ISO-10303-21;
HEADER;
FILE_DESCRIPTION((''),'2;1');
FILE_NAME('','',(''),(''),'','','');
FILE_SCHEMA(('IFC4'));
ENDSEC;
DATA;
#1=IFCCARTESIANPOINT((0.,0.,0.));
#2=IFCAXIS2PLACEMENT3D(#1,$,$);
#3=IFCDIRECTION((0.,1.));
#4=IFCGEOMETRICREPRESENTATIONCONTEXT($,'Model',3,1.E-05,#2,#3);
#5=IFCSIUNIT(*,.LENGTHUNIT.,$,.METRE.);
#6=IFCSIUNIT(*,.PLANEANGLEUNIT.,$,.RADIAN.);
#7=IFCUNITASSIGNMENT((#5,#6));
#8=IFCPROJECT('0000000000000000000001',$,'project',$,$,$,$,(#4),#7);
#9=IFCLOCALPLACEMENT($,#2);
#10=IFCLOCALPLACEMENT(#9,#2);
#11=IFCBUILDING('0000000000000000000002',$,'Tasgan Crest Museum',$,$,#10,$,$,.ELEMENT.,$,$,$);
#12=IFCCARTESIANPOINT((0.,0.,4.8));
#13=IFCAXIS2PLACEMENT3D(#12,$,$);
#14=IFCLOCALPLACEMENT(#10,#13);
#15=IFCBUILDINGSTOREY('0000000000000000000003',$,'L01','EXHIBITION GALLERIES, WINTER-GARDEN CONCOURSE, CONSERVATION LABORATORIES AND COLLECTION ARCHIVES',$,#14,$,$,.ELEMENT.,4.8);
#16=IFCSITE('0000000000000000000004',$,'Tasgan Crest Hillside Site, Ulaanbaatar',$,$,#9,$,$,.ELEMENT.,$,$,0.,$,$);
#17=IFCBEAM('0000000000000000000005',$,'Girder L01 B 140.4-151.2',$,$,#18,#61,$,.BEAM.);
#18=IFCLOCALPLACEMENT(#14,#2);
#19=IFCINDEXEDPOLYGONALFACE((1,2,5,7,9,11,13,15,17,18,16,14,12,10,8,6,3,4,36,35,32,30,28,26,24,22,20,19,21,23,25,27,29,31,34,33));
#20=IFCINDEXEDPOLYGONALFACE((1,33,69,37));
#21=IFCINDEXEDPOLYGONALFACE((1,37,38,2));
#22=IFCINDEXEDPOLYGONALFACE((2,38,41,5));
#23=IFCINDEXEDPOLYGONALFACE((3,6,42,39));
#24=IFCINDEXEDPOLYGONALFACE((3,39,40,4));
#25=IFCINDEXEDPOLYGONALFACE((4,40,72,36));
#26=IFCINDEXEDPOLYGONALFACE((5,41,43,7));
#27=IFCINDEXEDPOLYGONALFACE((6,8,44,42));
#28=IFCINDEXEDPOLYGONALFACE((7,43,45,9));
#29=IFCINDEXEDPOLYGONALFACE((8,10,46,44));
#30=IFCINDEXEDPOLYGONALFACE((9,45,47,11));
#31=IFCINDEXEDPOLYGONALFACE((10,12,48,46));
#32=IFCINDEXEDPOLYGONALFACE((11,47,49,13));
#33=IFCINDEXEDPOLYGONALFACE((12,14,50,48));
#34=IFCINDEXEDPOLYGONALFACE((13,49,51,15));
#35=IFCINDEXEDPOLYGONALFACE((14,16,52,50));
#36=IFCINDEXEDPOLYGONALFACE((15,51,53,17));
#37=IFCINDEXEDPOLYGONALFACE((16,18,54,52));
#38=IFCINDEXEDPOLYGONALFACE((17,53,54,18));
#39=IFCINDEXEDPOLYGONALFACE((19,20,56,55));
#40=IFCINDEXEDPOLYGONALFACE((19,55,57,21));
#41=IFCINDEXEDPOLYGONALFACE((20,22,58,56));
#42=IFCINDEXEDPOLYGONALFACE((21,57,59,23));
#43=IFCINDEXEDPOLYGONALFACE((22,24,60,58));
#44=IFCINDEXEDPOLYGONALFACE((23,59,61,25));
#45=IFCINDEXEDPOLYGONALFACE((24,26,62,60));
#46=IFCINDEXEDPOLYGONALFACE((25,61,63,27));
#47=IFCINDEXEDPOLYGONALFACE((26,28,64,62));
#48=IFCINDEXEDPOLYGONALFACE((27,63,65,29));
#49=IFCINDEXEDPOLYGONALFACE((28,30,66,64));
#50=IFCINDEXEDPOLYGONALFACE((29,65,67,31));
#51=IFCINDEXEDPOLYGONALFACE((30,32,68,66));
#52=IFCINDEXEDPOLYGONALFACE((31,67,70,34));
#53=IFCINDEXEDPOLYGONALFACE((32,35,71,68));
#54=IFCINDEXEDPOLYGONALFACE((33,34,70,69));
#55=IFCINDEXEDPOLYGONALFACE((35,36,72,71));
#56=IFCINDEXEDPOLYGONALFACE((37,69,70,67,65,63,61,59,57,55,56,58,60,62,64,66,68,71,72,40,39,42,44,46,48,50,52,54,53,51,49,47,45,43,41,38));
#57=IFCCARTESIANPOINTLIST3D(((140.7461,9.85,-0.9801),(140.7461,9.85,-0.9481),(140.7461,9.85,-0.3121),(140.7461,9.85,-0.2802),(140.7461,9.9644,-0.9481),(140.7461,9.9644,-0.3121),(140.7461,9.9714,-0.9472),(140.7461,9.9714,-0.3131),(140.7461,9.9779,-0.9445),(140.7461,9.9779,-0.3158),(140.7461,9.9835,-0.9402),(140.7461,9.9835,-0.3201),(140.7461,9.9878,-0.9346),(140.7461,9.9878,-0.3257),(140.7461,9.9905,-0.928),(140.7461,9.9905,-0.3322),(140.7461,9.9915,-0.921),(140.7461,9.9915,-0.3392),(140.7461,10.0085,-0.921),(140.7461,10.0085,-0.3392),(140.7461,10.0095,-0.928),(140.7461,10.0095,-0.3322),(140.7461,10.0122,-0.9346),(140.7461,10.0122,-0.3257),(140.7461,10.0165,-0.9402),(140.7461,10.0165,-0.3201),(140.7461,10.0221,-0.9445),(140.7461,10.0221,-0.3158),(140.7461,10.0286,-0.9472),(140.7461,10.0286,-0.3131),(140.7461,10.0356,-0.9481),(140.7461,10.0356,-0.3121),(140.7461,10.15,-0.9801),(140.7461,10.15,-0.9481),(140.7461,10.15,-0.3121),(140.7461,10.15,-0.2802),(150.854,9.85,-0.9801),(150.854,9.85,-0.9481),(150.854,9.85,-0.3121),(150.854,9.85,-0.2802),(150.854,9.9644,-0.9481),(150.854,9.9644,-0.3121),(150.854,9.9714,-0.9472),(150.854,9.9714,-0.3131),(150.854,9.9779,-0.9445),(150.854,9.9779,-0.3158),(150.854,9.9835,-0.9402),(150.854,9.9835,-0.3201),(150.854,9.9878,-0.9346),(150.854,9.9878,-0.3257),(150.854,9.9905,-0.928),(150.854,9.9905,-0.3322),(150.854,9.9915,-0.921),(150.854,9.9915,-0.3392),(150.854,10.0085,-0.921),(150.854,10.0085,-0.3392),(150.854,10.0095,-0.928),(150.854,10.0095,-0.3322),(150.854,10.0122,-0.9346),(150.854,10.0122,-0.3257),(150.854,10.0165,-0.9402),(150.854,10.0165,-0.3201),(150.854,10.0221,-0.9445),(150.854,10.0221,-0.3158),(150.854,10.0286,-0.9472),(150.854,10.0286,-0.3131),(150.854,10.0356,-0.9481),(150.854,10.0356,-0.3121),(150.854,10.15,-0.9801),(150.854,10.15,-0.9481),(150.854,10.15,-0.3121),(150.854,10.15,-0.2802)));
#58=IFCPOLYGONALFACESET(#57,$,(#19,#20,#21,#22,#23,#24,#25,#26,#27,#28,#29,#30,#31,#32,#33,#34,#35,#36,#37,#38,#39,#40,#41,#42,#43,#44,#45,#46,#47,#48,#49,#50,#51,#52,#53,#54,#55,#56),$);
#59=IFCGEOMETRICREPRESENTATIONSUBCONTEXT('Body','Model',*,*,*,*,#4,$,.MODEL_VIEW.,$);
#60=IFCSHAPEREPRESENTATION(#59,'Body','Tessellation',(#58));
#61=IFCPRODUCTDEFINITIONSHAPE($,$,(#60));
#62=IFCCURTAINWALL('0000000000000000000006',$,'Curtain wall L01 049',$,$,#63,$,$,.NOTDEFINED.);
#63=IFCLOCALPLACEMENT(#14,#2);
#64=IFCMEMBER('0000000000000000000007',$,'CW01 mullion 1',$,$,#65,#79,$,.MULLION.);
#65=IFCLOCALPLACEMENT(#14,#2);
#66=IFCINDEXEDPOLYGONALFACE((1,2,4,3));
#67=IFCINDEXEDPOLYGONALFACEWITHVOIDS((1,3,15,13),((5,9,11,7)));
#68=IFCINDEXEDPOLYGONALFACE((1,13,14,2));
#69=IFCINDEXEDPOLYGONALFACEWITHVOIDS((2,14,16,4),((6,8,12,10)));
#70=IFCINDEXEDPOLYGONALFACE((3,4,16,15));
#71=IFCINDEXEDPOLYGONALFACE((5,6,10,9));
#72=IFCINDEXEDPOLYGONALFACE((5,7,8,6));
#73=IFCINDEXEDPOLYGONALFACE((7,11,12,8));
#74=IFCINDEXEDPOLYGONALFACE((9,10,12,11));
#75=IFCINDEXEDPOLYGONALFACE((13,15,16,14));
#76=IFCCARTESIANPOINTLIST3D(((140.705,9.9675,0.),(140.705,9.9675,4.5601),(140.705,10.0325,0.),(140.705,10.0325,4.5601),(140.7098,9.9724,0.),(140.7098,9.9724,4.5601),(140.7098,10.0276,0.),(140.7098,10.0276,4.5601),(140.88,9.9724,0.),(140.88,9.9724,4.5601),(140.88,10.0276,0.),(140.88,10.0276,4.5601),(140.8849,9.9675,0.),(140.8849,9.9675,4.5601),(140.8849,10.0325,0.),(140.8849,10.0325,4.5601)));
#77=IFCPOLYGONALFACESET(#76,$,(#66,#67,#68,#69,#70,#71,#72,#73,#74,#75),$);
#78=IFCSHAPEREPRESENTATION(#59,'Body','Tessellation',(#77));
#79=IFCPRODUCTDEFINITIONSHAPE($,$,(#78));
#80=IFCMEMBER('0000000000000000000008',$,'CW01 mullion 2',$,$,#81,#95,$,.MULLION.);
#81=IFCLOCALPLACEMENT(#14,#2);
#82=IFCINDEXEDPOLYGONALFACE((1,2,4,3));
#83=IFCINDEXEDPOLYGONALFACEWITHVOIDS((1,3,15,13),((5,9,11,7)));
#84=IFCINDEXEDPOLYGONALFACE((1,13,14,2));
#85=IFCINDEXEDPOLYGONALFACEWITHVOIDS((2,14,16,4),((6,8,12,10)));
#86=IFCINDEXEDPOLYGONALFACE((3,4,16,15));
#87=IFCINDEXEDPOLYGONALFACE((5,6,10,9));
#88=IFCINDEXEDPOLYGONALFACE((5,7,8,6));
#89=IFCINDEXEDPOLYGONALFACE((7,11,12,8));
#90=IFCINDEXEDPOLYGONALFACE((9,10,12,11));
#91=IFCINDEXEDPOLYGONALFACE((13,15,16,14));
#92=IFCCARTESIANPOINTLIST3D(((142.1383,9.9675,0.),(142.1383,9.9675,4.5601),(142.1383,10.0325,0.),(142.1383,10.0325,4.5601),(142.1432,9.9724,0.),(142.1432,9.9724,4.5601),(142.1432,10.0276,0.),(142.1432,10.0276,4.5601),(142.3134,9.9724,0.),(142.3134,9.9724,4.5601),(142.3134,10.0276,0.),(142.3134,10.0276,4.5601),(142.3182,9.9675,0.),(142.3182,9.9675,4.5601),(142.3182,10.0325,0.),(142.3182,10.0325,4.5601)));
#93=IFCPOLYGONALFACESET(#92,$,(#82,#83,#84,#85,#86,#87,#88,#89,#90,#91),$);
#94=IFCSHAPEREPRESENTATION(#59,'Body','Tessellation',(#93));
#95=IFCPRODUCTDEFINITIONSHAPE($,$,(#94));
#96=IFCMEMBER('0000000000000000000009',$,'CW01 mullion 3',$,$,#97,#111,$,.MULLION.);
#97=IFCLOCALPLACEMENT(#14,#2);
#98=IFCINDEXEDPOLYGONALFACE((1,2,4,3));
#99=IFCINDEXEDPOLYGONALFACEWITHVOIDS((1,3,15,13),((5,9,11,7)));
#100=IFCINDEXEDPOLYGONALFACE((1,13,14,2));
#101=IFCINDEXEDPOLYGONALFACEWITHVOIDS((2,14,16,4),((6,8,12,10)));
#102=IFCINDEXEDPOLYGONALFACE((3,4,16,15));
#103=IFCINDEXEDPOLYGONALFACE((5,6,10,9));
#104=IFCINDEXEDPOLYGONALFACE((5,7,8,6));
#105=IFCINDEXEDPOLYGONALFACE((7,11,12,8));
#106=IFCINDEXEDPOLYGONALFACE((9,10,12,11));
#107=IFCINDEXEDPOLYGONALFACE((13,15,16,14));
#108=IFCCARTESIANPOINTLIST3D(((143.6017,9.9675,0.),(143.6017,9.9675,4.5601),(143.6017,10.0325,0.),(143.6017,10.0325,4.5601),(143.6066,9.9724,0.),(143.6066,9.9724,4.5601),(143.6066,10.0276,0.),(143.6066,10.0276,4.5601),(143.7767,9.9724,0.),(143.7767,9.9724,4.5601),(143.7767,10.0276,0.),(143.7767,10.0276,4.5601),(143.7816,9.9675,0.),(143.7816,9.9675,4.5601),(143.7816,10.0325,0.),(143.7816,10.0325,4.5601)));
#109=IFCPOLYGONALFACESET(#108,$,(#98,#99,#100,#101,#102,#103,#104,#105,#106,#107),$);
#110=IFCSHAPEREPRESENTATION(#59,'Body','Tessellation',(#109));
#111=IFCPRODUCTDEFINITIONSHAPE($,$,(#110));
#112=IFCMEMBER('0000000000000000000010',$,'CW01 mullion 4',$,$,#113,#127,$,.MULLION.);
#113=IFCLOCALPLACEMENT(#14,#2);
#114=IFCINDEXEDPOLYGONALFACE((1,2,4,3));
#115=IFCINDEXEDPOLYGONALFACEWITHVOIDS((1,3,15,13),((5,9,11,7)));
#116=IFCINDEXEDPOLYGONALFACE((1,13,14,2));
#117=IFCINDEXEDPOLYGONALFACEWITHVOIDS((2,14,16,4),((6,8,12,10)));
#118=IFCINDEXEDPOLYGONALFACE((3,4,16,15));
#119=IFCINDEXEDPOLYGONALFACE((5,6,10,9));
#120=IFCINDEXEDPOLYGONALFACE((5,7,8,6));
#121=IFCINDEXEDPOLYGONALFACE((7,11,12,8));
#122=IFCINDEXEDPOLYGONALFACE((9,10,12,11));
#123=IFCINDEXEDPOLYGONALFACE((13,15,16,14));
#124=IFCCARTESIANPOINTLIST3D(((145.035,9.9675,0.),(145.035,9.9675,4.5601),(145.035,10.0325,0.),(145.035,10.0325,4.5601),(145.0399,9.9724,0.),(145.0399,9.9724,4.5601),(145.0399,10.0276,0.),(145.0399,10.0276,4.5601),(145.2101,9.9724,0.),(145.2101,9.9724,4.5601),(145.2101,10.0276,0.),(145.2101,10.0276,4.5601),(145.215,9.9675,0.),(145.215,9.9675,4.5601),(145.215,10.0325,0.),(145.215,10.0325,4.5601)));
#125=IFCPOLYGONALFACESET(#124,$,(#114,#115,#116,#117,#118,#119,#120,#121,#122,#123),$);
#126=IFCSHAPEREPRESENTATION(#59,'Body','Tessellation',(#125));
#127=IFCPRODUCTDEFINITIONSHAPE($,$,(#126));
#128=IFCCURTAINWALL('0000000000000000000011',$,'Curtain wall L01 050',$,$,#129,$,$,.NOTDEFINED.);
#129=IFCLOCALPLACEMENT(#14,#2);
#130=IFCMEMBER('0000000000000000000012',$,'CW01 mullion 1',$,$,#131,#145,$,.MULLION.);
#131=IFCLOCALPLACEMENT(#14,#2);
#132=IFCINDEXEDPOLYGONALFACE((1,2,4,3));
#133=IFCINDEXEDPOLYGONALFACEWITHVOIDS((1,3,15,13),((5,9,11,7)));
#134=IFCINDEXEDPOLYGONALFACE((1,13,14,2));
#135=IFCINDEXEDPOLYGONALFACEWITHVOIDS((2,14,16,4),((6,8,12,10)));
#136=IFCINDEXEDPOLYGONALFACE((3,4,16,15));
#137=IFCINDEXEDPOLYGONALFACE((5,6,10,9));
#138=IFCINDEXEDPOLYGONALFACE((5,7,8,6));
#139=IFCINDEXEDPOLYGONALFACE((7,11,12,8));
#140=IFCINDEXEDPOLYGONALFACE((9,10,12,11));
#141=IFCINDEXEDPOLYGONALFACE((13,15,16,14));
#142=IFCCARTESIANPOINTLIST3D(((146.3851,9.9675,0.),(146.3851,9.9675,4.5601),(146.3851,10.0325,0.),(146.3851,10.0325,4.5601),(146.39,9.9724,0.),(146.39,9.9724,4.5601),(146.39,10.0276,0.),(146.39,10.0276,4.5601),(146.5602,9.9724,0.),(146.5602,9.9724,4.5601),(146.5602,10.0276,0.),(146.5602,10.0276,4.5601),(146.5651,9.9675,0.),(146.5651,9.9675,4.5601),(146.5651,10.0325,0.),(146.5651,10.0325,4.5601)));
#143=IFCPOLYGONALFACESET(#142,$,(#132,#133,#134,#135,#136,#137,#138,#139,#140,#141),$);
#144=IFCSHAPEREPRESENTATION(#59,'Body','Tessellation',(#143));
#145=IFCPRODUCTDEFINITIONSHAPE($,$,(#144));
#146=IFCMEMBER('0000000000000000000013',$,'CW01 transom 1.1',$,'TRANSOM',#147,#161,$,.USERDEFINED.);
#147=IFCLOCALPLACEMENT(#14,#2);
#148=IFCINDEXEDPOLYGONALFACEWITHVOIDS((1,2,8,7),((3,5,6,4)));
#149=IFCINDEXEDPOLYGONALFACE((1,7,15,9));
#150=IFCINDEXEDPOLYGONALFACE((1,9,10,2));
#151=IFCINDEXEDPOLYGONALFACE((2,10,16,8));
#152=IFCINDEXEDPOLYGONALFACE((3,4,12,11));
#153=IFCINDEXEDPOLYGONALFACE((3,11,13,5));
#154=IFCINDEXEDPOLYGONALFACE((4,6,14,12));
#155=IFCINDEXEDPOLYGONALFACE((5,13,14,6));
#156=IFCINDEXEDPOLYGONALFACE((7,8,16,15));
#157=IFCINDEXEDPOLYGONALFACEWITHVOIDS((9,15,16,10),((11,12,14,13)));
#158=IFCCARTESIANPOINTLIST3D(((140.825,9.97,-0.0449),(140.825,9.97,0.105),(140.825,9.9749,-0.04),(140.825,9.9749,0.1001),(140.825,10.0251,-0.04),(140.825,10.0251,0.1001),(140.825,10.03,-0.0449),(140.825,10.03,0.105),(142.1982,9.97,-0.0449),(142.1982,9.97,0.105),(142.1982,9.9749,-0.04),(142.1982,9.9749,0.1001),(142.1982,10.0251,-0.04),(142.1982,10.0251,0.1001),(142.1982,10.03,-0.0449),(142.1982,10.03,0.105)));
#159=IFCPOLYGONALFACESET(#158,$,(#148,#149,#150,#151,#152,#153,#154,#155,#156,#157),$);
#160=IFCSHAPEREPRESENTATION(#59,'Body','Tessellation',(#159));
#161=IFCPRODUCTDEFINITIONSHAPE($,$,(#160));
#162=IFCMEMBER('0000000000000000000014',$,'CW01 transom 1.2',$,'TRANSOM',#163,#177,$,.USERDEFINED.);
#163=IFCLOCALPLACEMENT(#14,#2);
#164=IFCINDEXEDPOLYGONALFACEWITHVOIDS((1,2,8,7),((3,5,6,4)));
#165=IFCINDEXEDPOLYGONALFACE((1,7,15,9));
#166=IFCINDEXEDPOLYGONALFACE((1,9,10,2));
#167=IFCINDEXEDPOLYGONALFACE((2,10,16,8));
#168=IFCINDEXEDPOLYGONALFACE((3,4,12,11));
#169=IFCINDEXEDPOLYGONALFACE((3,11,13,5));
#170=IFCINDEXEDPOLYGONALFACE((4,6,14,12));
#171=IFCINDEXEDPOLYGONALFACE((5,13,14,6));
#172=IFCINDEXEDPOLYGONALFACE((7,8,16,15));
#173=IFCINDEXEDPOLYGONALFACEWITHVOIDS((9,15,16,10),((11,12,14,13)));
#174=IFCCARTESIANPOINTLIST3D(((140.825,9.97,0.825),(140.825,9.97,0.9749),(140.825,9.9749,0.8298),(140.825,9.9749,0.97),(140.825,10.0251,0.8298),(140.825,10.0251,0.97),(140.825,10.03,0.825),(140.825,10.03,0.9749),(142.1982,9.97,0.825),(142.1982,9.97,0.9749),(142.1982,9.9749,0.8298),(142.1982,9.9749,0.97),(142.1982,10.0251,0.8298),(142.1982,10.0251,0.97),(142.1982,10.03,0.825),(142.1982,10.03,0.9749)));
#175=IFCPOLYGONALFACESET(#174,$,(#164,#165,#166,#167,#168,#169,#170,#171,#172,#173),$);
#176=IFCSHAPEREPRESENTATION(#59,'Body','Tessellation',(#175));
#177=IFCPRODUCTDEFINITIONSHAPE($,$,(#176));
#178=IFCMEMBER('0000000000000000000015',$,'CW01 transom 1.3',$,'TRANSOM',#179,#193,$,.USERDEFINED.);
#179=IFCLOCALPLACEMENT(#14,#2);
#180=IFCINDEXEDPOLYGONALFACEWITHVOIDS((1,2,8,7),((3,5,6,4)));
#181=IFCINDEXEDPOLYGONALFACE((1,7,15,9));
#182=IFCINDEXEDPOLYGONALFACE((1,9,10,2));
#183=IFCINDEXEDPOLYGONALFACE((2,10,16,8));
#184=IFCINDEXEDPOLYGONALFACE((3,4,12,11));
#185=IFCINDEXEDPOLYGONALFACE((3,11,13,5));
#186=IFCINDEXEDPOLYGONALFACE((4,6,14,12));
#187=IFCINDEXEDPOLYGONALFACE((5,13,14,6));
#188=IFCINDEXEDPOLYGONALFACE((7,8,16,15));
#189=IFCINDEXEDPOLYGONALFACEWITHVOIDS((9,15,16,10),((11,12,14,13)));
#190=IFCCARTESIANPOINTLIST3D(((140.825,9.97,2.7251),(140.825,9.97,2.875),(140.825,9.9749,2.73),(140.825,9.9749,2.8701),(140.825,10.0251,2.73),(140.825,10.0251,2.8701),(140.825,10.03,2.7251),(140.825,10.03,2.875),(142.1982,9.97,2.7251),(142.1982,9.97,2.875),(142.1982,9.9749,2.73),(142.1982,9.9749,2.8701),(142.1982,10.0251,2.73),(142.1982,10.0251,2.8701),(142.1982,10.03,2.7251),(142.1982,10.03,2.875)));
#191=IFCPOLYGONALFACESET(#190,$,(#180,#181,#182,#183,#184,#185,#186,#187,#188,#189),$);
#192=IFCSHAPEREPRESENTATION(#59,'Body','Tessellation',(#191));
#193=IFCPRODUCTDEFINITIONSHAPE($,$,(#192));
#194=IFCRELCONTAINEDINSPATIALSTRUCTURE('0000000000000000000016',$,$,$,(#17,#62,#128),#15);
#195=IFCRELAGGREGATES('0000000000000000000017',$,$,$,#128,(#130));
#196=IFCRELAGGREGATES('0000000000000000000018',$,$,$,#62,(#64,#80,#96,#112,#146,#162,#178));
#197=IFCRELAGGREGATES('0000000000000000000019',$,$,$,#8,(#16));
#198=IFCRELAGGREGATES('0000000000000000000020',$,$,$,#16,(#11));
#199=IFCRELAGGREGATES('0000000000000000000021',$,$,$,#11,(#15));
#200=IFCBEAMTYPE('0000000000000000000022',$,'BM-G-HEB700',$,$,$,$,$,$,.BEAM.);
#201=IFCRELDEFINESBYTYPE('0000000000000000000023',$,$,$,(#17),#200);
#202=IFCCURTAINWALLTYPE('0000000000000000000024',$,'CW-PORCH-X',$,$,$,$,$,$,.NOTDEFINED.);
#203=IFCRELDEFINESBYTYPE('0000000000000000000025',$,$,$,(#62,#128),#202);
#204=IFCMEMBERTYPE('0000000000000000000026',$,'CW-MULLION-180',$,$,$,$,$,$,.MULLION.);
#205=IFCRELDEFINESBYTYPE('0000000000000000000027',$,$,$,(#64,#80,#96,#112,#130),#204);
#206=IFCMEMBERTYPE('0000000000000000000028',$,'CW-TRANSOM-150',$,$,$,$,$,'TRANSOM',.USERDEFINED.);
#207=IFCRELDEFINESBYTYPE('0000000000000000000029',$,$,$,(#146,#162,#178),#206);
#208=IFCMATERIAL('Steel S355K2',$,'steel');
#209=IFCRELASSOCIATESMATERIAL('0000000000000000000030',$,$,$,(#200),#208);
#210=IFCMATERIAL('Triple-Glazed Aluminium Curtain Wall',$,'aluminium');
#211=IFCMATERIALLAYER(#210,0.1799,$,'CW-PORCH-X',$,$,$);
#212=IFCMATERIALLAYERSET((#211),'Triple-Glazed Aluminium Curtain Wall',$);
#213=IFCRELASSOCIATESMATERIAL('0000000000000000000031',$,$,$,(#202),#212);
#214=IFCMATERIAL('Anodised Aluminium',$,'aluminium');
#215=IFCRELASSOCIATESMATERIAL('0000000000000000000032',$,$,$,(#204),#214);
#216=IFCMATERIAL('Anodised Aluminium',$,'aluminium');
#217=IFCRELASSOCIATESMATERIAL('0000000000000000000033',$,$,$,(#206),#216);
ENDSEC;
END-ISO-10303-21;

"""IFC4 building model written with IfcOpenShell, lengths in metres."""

from ifc_helpers import new_model, si_unit, direction, frame, origin, origin_2d, place, context, subcontext, project, spatial, hollow_rectangle, i_section, extrude, material, layer, layer_set, material_profile, profile_set, type_object, element, aggregate, save


model = new_model("IFC4")

# Units and contexts
model_context = context("Model", 3, precision=1e-05, world=origin(), true_north=direction((0.0, 1.0)))
body_context = subcontext(model_context, "Body", "Model", "MODEL_VIEW")
ifc_project = project(units=[si_unit("LENGTHUNIT", "METRE"), si_unit("PLANEANGLEUNIT", "RADIAN")], contexts=[model_context])

# Site, building, storey
site_placement = place(None, origin())
site = spatial("IfcSite", under=ifc_project, at=site_placement, Name="Tasgan Crest Hillside Site, Ulaanbaatar", CompositionType="ELEMENT", RefElevation=0.0)
building_placement = place(site_placement, origin())
building = spatial("IfcBuilding", under=site, at=building_placement, Name="Tasgan Crest Museum", CompositionType="ELEMENT")
storey_placement = place(building_placement, frame((0.0, 0.0, 4.8)))
storey = spatial("IfcBuildingStorey", under=building, at=storey_placement, Name="L01", Description="EXHIBITION GALLERIES, WINTER-GARDEN CONCOURSE, CONSERVATION LABORATORIES AND COLLECTION ARCHIVES", CompositionType="ELEMENT", Elevation=4.8)

# Beam
ifc_material_1 = material(Name="Steel S355K2", Category="steel")
ifc_material_profile_1 = material_profile(ifc_material_1, i_section(OverallWidth=0.3, OverallDepth=0.7, WebThickness=0.0171, FlangeThickness=0.032, FilletRadius=0.0271, at=origin_2d()), Name="HEB 700")
ifc_profile_set_1 = profile_set([ifc_material_profile_1], Name="Steel S355K2")
beam_type = type_object("IfcBeamType", Name="BM-G-HEB700", PredefinedType="BEAM", material=ifc_profile_set_1)
beam_placement = place(storey_placement, frame((140.7461, 10.0, -0.6301), z_axis=(1.0, 0.0, 0.0), x_axis=(0.0, 1.0, 0.0)))
element("IfcBeam", 1, at=beam_placement, inside=storey, type_object=beam_type, Name="Girder L01 B 140.4-151.2", PredefinedType="BEAM", context=body_context, shape_type="SweptSolid", body=[
    extrude(i_section(OverallWidth=0.3, OverallDepth=0.7, WebThickness=0.0171, FlangeThickness=0.032, FilletRadius=0.0271, at=origin_2d()), origin(), (0.0, 0.0, 1.0), 10.1079),
])

# Curtain wall, members
ifc_material_2 = material(Name="Triple-Glazed Aluminium Curtain Wall", Category="aluminium")
ifc_layer_1 = layer(ifc_material_2, 0.1799, Name="CW-PORCH-X")
ifc_layer_set_1 = layer_set([ifc_layer_1], Name="Triple-Glazed Aluminium Curtain Wall")
curtain_wall_type = type_object("IfcCurtainWallType", Name="CW-PORCH-X", PredefinedType="NOTDEFINED", material=ifc_layer_set_1)
curtain_wall_1_placement = place(storey_placement, origin())
curtain_wall_1 = element("IfcCurtainWall", 2, at=curtain_wall_1_placement, inside=storey, type_object=curtain_wall_type, Name="Curtain wall L01 049", PredefinedType="NOTDEFINED")
ifc_material_3 = material(Name="Anodised Aluminium", Category="aluminium")
ifc_material_profile_2 = material_profile(ifc_material_3, hollow_rectangle(XDim=0.0649, YDim=0.1799, WallThickness=0.0049, at=origin_2d()), Name="ALU MULLION 180x65x5")
ifc_profile_set_2 = profile_set([ifc_material_profile_2], Name="Anodised Aluminium")
member_type_1 = type_object("IfcMemberType", Name="CW-MULLION-180", PredefinedType="MULLION", material=ifc_profile_set_2)
member_1_placement = place(storey_placement, frame((140.7949, 10.0, 0.0), z_axis=(0.0, 0.0, 1.0), x_axis=(0.0, 1.0, 0.0)))
member_1 = element("IfcMember", 3, at=member_1_placement, type_object=member_type_1, Name="CW01 mullion 1", PredefinedType="MULLION", context=body_context, shape_type="SweptSolid", body=[
    extrude(hollow_rectangle(XDim=0.0649, YDim=0.1799, WallThickness=0.0049, at=origin_2d()), origin(), (0.0, 0.0, 1.0), 4.5601),
])
member_2_placement = place(storey_placement, frame((142.2283, 10.0, 0.0), z_axis=(0.0, 0.0, 1.0), x_axis=(0.0, 1.0, 0.0)))
member_2 = element("IfcMember", 4, at=member_2_placement, type_object=member_type_1, Name="CW01 mullion 2", PredefinedType="MULLION", context=body_context, shape_type="SweptSolid", body=[
    extrude(hollow_rectangle(XDim=0.0649, YDim=0.1799, WallThickness=0.0049, at=origin_2d()), origin(), (0.0, 0.0, 1.0), 4.5601),
])
member_3_placement = place(storey_placement, frame((143.6917, 10.0, 0.0), z_axis=(0.0, 0.0, 1.0), x_axis=(0.0, 1.0, 0.0)))
member_3 = element("IfcMember", 5, at=member_3_placement, type_object=member_type_1, Name="CW01 mullion 3", PredefinedType="MULLION", context=body_context, shape_type="SweptSolid", body=[
    extrude(hollow_rectangle(XDim=0.0649, YDim=0.1799, WallThickness=0.0049, at=origin_2d()), origin(), (0.0, 0.0, 1.0), 4.5601),
])
member_4_placement = place(storey_placement, frame((145.125, 10.0, 0.0), z_axis=(0.0, 0.0, 1.0), x_axis=(0.0, 1.0, 0.0)))
member_4 = element("IfcMember", 6, at=member_4_placement, type_object=member_type_1, Name="CW01 mullion 4", PredefinedType="MULLION", context=body_context, shape_type="SweptSolid", body=[
    extrude(hollow_rectangle(XDim=0.0649, YDim=0.1799, WallThickness=0.0049, at=origin_2d()), origin(), (0.0, 0.0, 1.0), 4.5601),
])

# Curtain wall, member
curtain_wall_2_placement = place(storey_placement, origin())
curtain_wall_2 = element("IfcCurtainWall", 7, at=curtain_wall_2_placement, inside=storey, type_object=curtain_wall_type, Name="Curtain wall L01 050", PredefinedType="NOTDEFINED")
member_5_placement = place(storey_placement, frame((146.4751, 10.0, 0.0), z_axis=(0.0, 0.0, 1.0), x_axis=(0.0, 1.0, 0.0)))
member_5 = element("IfcMember", 8, at=member_5_placement, type_object=member_type_1, Name="CW01 mullion 1", PredefinedType="MULLION", context=body_context, shape_type="SweptSolid", body=[
    extrude(hollow_rectangle(XDim=0.0649, YDim=0.1799, WallThickness=0.0049, at=origin_2d()), origin(), (0.0, 0.0, 1.0), 4.5601),
])

# Members
ifc_material_4 = material(Name="Anodised Aluminium", Category="aluminium")
ifc_material_profile_3 = material_profile(ifc_material_4, hollow_rectangle(XDim=0.0601, YDim=0.1499, WallThickness=0.0049, at=origin_2d()), Name="ALU TRANSOM 150x60x5")
ifc_profile_set_3 = profile_set([ifc_material_profile_3], Name="Anodised Aluminium")
member_type_2 = type_object("IfcMemberType", Name="CW-TRANSOM-150", ElementType="TRANSOM", PredefinedType="USERDEFINED", material=ifc_profile_set_3)
member_6_placement = place(storey_placement, frame((140.825, 10.0, 0.03), z_axis=(1.0, 0.0, 0.0), x_axis=(0.0, 1.0, 0.0)))
member_6 = element("IfcMember", 9, at=member_6_placement, type_object=member_type_2, Name="CW01 transom 1.1", ObjectType="TRANSOM", PredefinedType="USERDEFINED", context=body_context, shape_type="SweptSolid", body=[
    extrude(hollow_rectangle(XDim=0.0601, YDim=0.1499, WallThickness=0.0049, at=origin_2d()), origin(), (0.0, 0.0, 1.0), 1.3733),
])
member_7_placement = place(storey_placement, frame((140.825, 10.0, 0.8999), z_axis=(1.0, 0.0, 0.0), x_axis=(0.0, 1.0, 0.0)))
member_7 = element("IfcMember", 10, at=member_7_placement, type_object=member_type_2, Name="CW01 transom 1.2", ObjectType="TRANSOM", PredefinedType="USERDEFINED", context=body_context, shape_type="SweptSolid", body=[
    extrude(hollow_rectangle(XDim=0.0601, YDim=0.1499, WallThickness=0.0049, at=origin_2d()), origin(), (0.0, 0.0, 1.0), 1.3733),
])
member_8_placement = place(storey_placement, frame((140.825, 10.0, 2.8), z_axis=(1.0, 0.0, 0.0), x_axis=(0.0, 1.0, 0.0)))
member_8 = element("IfcMember", 11, at=member_8_placement, type_object=member_type_2, Name="CW01 transom 1.3", ObjectType="TRANSOM", PredefinedType="USERDEFINED", context=body_context, shape_type="SweptSolid", body=[
    extrude(hollow_rectangle(XDim=0.0601, YDim=0.1499, WallThickness=0.0049, at=origin_2d()), origin(), (0.0, 0.0, 1.0), 1.3733),
])
aggregate(curtain_wall_2, [member_5])

aggregate(curtain_wall_1, [member_1, member_2, member_3, member_4, member_6, member_7, member_8])

save(model, "model.ifc")
